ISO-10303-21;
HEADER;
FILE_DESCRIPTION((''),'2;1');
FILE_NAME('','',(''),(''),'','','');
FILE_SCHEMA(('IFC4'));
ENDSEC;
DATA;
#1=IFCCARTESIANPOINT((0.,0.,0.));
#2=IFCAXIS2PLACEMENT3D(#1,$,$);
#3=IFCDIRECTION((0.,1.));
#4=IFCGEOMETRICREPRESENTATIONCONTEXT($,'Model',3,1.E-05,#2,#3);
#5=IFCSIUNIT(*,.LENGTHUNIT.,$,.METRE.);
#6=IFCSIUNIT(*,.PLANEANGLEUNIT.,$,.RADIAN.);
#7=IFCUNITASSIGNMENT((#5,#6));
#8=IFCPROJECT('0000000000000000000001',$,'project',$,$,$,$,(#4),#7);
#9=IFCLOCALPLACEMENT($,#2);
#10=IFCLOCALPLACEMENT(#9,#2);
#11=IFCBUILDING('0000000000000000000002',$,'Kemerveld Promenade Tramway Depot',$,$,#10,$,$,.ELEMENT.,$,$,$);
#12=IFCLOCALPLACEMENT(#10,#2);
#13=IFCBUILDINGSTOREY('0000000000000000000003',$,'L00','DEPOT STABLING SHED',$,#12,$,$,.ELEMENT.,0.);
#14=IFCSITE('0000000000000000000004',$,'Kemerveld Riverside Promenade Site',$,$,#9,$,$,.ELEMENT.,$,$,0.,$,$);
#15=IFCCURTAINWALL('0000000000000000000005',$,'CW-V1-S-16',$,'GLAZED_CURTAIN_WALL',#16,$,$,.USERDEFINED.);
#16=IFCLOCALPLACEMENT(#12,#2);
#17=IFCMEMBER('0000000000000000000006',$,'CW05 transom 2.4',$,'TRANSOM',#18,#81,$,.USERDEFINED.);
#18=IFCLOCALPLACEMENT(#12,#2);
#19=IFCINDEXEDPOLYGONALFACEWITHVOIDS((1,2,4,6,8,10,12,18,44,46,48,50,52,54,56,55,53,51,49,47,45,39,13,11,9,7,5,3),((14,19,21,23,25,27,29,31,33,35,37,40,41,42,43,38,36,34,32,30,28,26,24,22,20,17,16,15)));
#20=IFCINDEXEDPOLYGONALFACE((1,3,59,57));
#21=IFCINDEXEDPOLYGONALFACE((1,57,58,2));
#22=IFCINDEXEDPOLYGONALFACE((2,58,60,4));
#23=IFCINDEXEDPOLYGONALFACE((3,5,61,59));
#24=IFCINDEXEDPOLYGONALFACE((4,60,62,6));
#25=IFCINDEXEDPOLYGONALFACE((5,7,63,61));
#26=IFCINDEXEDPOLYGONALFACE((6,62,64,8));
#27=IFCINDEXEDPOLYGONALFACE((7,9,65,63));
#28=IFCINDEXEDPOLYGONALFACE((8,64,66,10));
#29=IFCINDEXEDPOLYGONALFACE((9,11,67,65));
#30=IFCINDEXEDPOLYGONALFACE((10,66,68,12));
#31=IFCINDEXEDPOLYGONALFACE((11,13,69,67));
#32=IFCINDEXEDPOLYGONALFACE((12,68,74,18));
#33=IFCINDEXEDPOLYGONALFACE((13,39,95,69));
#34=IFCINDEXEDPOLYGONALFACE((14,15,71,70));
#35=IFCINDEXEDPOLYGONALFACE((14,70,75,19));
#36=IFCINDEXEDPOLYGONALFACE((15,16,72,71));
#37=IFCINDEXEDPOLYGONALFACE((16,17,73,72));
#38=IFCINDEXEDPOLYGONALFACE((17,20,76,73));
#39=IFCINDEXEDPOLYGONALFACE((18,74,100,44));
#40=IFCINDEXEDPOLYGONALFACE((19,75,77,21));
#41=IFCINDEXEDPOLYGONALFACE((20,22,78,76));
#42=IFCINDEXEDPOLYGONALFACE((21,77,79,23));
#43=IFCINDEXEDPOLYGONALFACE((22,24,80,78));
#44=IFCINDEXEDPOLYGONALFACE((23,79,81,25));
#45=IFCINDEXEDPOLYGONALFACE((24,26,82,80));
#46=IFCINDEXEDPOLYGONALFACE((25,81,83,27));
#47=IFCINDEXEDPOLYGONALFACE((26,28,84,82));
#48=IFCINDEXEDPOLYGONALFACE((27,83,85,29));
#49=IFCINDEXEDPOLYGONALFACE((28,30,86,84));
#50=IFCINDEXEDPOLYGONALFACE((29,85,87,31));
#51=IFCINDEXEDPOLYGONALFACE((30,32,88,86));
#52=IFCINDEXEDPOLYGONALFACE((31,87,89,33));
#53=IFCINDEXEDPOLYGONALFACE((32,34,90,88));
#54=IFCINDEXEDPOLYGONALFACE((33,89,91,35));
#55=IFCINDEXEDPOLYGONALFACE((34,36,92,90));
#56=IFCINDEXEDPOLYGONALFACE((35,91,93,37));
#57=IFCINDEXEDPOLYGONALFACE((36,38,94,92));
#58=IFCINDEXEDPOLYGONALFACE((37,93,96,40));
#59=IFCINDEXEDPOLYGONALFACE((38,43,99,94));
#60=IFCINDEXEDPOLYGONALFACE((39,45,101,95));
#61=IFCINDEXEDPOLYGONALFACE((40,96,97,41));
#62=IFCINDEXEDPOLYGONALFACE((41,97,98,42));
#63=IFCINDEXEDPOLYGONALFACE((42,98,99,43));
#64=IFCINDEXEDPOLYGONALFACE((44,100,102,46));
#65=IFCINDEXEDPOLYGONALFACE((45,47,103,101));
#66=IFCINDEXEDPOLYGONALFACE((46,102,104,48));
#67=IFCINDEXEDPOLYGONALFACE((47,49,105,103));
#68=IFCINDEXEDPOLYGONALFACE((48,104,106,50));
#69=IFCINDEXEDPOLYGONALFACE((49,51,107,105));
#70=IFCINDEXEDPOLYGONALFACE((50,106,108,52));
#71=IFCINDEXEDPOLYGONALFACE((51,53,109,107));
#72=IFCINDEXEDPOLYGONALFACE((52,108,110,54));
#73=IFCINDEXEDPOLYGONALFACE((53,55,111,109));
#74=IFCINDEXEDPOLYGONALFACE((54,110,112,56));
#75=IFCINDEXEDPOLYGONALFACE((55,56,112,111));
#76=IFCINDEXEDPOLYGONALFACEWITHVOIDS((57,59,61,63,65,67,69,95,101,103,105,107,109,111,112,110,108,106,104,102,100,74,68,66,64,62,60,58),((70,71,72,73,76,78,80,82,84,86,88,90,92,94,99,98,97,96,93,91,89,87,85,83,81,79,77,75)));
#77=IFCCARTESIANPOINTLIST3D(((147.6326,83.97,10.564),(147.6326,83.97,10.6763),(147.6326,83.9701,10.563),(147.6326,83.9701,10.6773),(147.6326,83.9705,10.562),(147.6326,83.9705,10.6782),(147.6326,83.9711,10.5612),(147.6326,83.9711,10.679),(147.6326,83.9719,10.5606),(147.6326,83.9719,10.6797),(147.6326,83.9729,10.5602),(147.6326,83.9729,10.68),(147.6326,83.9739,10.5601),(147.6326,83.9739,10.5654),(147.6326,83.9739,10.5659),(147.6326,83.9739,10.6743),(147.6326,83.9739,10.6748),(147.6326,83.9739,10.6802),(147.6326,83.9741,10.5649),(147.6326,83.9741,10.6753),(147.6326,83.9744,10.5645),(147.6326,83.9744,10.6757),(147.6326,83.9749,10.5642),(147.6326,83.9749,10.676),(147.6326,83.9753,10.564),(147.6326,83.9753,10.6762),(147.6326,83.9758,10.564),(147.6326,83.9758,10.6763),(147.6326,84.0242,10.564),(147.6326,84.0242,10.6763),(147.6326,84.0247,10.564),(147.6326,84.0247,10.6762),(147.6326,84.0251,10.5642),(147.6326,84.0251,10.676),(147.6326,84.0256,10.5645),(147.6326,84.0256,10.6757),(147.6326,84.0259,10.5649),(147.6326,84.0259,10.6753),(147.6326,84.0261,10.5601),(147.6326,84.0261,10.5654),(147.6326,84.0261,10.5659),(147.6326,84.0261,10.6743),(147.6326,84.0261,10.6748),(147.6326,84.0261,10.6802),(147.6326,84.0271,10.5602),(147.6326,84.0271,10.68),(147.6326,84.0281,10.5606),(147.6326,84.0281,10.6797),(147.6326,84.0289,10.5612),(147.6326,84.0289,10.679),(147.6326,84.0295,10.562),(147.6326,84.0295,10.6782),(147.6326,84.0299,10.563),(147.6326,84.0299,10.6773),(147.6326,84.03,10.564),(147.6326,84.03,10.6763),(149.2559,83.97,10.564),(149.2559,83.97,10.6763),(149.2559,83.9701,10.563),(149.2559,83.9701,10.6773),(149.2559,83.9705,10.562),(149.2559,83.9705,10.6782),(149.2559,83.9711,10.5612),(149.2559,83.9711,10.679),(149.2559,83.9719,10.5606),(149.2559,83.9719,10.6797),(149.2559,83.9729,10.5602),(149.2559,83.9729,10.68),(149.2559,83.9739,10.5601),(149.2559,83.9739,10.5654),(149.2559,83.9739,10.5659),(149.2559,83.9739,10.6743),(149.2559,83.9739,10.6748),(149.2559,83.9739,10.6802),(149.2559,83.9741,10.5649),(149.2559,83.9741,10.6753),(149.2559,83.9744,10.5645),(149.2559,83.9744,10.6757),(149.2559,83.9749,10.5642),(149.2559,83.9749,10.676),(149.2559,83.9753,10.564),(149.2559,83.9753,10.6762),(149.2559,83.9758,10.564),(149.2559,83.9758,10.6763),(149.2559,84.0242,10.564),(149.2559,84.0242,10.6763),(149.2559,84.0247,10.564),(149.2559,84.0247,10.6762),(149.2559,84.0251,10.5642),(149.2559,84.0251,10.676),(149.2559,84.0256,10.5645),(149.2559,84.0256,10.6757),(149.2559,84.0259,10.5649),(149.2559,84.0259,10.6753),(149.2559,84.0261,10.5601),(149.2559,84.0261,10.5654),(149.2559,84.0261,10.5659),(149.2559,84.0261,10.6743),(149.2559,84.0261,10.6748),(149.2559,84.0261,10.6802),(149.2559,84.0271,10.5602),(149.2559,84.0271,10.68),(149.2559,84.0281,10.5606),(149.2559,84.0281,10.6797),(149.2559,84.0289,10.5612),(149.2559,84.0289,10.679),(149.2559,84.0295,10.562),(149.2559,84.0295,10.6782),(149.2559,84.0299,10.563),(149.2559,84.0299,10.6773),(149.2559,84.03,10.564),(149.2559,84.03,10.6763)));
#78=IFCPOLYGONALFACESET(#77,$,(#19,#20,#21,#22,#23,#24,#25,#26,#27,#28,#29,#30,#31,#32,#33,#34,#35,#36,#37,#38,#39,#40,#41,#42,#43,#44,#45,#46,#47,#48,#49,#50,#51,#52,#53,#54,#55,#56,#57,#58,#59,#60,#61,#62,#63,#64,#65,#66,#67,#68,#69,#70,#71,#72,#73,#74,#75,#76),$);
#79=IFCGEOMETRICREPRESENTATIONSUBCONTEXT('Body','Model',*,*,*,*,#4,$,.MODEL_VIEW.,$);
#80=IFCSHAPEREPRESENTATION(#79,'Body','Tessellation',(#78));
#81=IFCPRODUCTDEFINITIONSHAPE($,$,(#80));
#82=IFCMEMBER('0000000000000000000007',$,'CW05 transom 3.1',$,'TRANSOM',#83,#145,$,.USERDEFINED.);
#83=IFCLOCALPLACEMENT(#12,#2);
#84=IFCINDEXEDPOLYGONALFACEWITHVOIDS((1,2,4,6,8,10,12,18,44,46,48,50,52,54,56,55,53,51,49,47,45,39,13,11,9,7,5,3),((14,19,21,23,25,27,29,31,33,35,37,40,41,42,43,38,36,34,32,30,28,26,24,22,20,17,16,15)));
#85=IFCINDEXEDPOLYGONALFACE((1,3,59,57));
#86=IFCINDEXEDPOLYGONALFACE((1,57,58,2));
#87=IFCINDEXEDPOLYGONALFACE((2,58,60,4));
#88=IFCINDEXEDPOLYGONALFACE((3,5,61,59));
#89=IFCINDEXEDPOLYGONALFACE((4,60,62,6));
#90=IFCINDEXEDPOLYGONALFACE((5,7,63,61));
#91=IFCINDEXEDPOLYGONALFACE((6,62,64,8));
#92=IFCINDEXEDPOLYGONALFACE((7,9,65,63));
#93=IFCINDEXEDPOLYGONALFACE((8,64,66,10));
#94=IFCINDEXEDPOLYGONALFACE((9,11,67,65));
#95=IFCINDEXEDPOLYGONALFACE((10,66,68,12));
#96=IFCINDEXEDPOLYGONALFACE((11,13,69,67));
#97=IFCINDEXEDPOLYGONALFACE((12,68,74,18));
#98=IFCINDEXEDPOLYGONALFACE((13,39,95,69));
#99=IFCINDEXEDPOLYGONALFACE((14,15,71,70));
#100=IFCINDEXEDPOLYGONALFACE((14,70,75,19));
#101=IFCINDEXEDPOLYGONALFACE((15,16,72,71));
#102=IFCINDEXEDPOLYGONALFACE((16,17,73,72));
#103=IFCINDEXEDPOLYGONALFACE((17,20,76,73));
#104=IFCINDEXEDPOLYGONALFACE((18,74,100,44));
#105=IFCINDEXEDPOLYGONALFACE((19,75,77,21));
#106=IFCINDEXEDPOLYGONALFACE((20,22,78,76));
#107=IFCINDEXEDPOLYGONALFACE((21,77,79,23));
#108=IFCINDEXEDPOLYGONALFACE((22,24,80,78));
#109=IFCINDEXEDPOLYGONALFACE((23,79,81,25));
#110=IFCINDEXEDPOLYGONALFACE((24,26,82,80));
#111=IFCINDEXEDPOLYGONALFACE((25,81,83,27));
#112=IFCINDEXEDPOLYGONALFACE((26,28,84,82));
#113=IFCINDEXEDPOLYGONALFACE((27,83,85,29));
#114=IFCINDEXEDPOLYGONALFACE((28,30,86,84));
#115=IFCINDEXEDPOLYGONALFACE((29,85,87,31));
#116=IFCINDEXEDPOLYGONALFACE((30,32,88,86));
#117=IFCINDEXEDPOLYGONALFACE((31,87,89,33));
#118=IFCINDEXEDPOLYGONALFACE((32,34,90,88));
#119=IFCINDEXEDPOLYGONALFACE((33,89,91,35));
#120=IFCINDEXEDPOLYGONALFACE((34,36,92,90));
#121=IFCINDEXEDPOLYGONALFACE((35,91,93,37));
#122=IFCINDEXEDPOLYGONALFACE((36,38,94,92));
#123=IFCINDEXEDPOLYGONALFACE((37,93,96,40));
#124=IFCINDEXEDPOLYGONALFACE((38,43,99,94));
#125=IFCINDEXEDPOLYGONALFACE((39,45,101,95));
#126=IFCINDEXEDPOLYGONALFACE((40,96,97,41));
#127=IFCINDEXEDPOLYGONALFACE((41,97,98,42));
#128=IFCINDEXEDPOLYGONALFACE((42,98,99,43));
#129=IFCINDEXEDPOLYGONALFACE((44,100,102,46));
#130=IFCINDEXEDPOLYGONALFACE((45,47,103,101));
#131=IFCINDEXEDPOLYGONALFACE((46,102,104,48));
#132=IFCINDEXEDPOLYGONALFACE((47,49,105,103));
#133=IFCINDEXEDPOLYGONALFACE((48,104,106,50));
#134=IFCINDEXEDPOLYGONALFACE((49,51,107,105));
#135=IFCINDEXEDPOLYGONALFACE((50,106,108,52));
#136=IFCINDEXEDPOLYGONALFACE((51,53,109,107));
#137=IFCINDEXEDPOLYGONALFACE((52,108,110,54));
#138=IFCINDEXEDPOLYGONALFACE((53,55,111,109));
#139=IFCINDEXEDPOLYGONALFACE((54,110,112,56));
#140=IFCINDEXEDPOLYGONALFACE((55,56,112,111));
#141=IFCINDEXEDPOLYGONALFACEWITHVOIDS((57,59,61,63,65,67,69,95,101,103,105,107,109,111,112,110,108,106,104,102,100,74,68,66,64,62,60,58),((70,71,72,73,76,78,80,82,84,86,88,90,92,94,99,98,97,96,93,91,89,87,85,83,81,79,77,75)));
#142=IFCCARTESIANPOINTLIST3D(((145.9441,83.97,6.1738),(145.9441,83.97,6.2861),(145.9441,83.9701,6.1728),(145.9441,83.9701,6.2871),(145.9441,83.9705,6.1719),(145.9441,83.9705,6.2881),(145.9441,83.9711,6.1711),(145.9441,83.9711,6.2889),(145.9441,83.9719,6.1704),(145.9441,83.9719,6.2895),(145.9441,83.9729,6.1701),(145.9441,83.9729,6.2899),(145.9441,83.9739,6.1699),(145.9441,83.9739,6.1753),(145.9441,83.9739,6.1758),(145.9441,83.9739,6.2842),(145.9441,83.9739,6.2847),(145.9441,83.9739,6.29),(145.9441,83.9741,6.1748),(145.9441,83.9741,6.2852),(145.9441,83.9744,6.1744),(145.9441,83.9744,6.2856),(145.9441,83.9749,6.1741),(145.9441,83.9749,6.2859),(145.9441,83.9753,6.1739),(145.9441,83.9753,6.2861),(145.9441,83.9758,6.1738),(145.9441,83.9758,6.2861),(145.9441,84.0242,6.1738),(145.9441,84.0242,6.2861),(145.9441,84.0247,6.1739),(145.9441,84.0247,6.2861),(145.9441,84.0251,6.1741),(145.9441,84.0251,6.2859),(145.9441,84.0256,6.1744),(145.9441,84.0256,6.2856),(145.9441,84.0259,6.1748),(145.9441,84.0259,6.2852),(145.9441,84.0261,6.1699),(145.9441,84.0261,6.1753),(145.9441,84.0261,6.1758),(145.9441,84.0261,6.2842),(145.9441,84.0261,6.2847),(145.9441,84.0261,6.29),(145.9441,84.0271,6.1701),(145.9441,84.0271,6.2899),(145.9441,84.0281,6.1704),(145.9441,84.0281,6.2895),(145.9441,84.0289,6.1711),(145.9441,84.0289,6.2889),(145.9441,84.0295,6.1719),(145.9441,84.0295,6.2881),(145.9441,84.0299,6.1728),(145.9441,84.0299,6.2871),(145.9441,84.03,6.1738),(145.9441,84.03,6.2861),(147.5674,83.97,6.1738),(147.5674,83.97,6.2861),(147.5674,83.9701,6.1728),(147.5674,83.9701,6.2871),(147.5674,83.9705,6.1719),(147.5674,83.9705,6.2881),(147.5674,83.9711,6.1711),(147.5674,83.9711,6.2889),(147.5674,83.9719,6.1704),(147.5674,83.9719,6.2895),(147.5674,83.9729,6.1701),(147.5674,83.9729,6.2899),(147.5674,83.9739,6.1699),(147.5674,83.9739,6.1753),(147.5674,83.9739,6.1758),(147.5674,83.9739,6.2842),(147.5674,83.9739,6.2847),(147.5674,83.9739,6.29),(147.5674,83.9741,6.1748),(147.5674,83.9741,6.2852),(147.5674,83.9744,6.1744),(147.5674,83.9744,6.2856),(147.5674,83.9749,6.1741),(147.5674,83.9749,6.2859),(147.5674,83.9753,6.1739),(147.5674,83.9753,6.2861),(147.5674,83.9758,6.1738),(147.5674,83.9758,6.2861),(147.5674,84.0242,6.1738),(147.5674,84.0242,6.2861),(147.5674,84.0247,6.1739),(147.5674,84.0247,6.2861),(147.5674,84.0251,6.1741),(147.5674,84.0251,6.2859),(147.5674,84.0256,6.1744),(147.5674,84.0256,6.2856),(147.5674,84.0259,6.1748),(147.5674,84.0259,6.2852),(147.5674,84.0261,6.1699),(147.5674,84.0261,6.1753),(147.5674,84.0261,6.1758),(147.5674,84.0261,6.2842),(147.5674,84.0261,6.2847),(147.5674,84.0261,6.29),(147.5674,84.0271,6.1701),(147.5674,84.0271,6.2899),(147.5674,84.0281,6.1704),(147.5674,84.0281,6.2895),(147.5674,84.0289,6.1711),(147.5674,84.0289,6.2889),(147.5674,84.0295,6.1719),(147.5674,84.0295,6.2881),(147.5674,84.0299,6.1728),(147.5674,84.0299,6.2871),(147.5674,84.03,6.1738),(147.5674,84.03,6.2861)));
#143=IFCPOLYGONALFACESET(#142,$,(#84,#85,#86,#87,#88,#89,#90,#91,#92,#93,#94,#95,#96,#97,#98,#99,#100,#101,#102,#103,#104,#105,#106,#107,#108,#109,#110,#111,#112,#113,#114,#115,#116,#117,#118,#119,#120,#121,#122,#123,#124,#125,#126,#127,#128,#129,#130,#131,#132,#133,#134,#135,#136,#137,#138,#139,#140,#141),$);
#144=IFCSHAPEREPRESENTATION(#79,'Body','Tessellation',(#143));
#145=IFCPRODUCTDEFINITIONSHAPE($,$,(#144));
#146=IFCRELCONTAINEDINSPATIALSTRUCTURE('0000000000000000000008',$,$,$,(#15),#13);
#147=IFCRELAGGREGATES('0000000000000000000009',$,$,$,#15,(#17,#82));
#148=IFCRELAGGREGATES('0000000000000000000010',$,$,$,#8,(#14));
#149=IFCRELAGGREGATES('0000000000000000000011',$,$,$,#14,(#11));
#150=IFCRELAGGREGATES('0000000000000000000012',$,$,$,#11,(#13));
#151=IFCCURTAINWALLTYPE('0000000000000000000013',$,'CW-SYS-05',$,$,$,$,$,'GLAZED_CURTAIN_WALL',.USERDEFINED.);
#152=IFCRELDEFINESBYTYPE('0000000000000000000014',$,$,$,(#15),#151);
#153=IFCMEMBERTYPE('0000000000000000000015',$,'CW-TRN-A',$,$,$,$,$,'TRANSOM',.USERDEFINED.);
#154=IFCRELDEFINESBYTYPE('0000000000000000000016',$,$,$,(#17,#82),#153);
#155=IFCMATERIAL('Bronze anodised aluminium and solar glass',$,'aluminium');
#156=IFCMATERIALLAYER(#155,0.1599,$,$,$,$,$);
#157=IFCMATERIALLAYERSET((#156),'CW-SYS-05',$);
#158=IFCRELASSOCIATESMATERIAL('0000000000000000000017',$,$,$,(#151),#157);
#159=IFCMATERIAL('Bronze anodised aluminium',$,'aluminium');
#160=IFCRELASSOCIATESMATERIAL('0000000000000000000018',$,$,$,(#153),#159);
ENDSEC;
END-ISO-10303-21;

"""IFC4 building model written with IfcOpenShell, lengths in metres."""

from ifc_helpers import new_model, si_unit, direction, frame, origin, origin_2d, place, context, subcontext, project, spatial, hollow_rectangle, extrude, material, layer, layer_set, material_profile, profile_set, type_object, element, aggregate, save


model = new_model("IFC4")

# Units and contexts
model_context = context("Model", 3, precision=1e-05, world=origin(), true_north=direction((0.0, 1.0)))
body_context = subcontext(model_context, "Body", "Model", "MODEL_VIEW")
ifc_project = project(units=[si_unit("LENGTHUNIT", "METRE"), si_unit("PLANEANGLEUNIT", "RADIAN")], contexts=[model_context])

# Site, building, storey
site_placement = place(None, origin())
site = spatial("IfcSite", under=ifc_project, at=site_placement, Name="Kemerveld Riverside Promenade Site", CompositionType="ELEMENT", RefElevation=0.0)
building_placement = place(site_placement, origin())
building = spatial("IfcBuilding", under=site, at=building_placement, Name="Kemerveld Promenade Tramway Depot", CompositionType="ELEMENT")
storey_placement = place(building_placement, origin())
storey = spatial("IfcBuildingStorey", under=building, at=storey_placement, Name="L00", Description="DEPOT STABLING SHED", CompositionType="ELEMENT", Elevation=0.0)

# Curtain wall, members
ifc_material_1 = material(Name="Bronze anodised aluminium and solar glass", Category="aluminium")
ifc_layer_1 = layer(ifc_material_1, 0.1599)
ifc_layer_set_1 = layer_set([ifc_layer_1], Name="CW-SYS-05")
curtain_wall_type = type_object("IfcCurtainWallType", Name="CW-SYS-05", ElementType="GLAZED_CURTAIN_WALL", PredefinedType="USERDEFINED", material=ifc_layer_set_1)
curtain_wall_placement = place(storey_placement, origin())
curtain_wall = element("IfcCurtainWall", 1, at=curtain_wall_placement, inside=storey, type_object=curtain_wall_type, Name="CW-V1-S-16", ObjectType="GLAZED_CURTAIN_WALL", PredefinedType="USERDEFINED")
ifc_material_2 = material(Name="Bronze anodised aluminium", Category="aluminium")
ifc_material_profile_1 = material_profile(ifc_material_2, hollow_rectangle(XDim=0.0601, YDim=0.1201, WallThickness=0.0039, InnerFilletRadius=0.002, OuterFilletRadius=0.0039, at=origin_2d()), Name="CW-TRN-120x60")
ifc_profile_set_1 = profile_set([ifc_material_profile_1], Name="Bronze anodised aluminium")
member_type_1 = type_object("IfcMemberType", Name="CW-TRN-A", ElementType="TRANSOM", PredefinedType="USERDEFINED", material=ifc_profile_set_1)
member_1_placement = place(storey_placement, frame((149.2559, 84.0, 10.6201), z_axis=(-1.0, 0.0, 0.0), x_axis=(0.0, -1.0, 0.0)))
member_1 = element("IfcMember", 2, at=member_1_placement, type_object=member_type_1, Name="CW05 transom 2.4", ObjectType="TRANSOM", PredefinedType="USERDEFINED", context=body_context, shape_type="SweptSolid", body=[
    extrude(hollow_rectangle(XDim=0.0601, YDim=0.1201, WallThickness=0.0039, InnerFilletRadius=0.002, OuterFilletRadius=0.0039, at=origin_2d()), origin(), (0.0, 0.0, 1.0), 1.6233),
])
member_2_placement = place(storey_placement, frame((147.5674, 84.0, 6.23), z_axis=(-1.0, 0.0, 0.0), x_axis=(0.0, -1.0, 0.0)))
member_2 = element("IfcMember", 3, at=member_2_placement, type_object=member_type_1, Name="CW05 transom 3.1", ObjectType="TRANSOM", PredefinedType="USERDEFINED", context=body_context, shape_type="SweptSolid", body=[
    extrude(hollow_rectangle(XDim=0.0601, YDim=0.1201, WallThickness=0.0039, InnerFilletRadius=0.002, OuterFilletRadius=0.0039, at=origin_2d()), origin(), (0.0, 0.0, 1.0), 1.6233),
])

aggregate(curtain_wall, [member_1, member_2])

save(model, "model.ifc")
